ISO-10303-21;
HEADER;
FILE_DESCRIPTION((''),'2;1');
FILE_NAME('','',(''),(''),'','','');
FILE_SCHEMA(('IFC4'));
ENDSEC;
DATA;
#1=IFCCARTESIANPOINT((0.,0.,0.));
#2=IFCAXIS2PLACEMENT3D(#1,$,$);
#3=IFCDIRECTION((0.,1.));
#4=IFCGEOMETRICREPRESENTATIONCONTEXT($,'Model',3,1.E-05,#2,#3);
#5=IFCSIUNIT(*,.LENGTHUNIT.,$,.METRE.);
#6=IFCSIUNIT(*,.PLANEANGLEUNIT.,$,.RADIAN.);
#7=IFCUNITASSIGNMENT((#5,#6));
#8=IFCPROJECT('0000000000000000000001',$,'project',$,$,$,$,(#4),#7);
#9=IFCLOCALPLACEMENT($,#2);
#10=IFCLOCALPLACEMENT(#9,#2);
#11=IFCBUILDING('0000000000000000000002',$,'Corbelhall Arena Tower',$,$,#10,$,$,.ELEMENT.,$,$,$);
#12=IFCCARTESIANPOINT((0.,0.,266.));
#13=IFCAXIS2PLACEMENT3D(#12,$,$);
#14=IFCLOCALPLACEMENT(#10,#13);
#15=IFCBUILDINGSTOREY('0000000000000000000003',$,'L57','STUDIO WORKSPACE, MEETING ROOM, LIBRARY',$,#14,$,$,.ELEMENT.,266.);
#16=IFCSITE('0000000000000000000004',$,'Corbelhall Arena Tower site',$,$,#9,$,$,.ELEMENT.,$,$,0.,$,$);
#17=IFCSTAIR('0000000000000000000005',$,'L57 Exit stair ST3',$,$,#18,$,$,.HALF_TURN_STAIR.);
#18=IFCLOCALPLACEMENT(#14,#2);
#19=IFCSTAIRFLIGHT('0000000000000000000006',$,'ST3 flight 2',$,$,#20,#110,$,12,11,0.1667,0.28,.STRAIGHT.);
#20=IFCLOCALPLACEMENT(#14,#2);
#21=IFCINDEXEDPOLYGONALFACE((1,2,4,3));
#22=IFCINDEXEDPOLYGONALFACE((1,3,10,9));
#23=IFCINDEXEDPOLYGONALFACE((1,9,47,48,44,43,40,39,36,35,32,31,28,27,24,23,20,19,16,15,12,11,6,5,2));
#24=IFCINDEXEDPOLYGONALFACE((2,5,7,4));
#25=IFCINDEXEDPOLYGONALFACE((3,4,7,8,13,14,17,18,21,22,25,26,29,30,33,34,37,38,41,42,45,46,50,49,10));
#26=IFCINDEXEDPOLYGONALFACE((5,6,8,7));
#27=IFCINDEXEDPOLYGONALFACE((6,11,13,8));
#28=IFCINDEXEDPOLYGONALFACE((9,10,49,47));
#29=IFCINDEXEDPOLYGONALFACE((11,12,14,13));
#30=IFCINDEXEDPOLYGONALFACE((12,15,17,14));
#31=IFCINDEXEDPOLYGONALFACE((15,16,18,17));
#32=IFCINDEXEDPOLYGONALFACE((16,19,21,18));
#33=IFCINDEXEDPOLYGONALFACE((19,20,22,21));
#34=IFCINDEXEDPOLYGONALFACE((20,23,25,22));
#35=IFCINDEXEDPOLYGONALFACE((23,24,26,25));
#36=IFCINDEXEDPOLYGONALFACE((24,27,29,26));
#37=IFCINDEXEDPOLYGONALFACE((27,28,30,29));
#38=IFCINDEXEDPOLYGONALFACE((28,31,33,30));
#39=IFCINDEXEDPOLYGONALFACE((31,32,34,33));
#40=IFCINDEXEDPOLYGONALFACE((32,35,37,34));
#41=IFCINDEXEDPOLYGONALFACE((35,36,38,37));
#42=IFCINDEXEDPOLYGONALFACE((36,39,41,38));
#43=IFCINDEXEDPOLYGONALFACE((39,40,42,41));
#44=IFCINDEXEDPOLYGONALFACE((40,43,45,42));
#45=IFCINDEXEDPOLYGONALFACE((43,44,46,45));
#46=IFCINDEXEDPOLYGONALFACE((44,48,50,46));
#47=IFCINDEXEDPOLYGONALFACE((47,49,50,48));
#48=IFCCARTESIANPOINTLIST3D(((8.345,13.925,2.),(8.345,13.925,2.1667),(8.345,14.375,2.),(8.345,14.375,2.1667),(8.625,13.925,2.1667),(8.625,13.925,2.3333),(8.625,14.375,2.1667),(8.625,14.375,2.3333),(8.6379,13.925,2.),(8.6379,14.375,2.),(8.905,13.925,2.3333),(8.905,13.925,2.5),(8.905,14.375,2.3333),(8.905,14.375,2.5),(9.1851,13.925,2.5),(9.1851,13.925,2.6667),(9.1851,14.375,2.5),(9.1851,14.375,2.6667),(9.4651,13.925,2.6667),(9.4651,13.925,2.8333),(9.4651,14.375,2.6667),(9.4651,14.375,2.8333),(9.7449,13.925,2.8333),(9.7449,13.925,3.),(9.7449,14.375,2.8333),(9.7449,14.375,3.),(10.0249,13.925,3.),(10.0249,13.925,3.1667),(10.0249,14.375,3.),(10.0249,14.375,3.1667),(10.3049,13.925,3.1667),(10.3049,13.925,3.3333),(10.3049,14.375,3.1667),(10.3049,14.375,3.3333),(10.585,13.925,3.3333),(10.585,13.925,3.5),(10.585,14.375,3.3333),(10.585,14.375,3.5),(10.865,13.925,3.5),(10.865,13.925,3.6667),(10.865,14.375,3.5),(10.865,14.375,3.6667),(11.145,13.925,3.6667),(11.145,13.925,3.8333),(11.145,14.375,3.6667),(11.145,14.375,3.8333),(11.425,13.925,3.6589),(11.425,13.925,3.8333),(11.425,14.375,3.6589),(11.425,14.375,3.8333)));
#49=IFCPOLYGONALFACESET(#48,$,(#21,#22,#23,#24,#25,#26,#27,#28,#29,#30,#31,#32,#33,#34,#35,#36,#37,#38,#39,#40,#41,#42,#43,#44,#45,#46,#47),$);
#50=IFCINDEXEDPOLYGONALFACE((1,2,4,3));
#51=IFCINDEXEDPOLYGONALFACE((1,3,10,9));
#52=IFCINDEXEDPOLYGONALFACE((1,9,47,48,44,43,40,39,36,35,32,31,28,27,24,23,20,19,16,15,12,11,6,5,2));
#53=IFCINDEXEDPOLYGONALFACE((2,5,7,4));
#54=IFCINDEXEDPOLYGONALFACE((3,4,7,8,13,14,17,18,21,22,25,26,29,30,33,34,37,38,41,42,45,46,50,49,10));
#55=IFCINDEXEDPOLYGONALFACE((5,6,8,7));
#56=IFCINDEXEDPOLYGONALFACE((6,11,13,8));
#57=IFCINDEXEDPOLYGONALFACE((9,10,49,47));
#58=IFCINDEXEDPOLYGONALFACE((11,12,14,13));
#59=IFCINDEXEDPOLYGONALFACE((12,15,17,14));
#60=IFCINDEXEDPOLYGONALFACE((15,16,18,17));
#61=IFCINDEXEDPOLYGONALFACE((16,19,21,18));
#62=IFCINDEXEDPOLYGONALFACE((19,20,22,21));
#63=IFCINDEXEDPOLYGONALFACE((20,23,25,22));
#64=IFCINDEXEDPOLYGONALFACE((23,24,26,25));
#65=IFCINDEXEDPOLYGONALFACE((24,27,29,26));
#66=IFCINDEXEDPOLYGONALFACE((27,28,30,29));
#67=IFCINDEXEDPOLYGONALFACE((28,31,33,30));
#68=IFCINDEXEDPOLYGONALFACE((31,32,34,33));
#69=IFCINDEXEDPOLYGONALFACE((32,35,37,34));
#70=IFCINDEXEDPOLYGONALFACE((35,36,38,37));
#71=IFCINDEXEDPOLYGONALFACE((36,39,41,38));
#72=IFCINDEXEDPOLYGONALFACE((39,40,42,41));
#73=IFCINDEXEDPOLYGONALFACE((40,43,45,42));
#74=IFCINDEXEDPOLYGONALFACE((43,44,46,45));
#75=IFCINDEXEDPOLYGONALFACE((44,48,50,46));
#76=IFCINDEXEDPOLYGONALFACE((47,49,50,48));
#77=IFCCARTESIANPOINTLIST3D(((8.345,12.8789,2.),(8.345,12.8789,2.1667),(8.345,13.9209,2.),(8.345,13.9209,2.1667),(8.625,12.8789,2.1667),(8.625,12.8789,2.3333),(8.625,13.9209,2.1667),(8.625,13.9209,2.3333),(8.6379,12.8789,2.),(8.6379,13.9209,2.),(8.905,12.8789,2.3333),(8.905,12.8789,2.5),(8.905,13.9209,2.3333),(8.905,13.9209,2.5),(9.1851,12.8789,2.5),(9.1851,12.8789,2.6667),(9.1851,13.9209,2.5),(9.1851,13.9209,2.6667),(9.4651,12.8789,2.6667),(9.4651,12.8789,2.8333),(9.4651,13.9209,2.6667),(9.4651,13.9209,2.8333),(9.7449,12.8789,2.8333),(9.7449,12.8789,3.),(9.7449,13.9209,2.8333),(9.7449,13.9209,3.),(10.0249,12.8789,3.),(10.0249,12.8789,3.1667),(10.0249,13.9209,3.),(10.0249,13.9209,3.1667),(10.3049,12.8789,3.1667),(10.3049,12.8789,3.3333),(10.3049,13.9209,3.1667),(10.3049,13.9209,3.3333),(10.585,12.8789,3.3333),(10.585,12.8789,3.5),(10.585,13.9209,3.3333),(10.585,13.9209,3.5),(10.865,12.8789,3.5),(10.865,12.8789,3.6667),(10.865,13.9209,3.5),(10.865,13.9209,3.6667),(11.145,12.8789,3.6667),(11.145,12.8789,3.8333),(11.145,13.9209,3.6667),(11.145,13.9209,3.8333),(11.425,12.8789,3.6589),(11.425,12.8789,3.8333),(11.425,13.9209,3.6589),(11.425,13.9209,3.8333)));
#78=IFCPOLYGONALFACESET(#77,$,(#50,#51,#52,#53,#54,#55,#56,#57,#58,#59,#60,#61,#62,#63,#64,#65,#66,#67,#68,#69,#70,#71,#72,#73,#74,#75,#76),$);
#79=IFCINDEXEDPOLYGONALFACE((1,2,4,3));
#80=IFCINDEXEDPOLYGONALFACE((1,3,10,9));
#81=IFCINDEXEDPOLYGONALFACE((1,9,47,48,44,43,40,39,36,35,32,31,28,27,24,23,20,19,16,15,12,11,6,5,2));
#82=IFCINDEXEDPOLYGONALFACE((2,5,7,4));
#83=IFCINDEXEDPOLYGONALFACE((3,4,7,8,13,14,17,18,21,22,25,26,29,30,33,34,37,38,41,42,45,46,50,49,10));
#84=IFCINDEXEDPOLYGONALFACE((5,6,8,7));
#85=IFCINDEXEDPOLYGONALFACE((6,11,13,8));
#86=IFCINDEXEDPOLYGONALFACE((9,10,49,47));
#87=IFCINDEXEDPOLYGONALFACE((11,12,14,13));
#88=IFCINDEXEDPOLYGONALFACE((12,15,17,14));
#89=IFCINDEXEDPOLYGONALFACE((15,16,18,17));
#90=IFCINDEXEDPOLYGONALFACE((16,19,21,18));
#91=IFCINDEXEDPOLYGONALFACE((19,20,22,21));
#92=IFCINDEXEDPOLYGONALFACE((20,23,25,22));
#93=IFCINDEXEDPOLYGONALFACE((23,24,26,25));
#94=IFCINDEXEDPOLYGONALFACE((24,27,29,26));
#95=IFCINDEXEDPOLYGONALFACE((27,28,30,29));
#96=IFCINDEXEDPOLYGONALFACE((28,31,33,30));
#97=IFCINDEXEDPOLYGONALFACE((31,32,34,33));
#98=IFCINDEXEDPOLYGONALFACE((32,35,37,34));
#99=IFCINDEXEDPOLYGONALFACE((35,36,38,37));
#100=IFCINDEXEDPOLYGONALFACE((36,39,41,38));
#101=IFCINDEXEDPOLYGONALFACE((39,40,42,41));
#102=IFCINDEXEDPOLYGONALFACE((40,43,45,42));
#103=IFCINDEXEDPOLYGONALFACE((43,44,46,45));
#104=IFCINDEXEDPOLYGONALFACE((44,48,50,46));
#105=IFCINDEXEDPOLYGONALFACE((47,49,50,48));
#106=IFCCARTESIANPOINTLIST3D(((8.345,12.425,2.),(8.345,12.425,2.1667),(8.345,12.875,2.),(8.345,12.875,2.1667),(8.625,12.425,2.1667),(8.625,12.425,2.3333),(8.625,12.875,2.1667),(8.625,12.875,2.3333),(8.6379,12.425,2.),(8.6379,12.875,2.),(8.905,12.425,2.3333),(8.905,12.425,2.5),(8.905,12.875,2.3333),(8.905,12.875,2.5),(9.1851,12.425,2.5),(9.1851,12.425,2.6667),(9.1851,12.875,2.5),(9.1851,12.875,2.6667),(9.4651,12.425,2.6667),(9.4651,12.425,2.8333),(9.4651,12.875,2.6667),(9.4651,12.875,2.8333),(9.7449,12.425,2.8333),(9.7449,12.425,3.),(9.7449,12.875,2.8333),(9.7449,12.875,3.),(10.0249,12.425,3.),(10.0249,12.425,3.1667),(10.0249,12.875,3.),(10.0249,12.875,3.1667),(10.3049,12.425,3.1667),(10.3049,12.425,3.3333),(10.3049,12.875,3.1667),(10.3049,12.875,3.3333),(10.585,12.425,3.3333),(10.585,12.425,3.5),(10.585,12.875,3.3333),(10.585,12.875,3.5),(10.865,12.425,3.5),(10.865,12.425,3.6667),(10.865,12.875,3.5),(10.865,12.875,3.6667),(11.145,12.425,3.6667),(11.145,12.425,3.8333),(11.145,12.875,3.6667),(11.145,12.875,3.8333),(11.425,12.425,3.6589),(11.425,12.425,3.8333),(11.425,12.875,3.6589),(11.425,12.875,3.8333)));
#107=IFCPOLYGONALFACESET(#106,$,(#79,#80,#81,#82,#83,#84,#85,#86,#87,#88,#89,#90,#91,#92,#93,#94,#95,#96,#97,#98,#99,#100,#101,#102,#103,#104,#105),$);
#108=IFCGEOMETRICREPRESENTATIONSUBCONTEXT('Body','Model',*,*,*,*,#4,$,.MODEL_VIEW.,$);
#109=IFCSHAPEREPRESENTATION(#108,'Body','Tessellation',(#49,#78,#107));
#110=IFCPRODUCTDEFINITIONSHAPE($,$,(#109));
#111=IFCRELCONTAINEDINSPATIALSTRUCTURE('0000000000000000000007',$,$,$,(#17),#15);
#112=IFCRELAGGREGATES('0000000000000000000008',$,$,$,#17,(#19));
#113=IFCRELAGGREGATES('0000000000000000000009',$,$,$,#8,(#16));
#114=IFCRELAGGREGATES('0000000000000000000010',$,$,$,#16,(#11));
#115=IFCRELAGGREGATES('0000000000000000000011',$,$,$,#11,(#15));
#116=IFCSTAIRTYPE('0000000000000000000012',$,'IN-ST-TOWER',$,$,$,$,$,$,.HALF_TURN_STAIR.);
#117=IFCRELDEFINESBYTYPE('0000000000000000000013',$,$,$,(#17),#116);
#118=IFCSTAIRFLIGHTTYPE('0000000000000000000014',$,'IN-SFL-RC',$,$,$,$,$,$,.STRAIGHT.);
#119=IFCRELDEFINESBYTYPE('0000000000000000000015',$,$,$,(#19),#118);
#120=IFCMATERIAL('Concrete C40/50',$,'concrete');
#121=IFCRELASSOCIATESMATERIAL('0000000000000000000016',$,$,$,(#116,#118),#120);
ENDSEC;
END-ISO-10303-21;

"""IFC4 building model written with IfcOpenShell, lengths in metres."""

from ifc_helpers import new_model, si_unit, direction, frame, origin, place, context, subcontext, project, spatial, polyline, outline, extrude, material, type_object, element, aggregate, save


model = new_model("IFC4")

# Units and contexts
model_context = context("Model", 3, precision=1e-05, world=origin(), true_north=direction((0.0, 1.0)))
body_context = subcontext(model_context, "Body", "Model", "MODEL_VIEW")
ifc_project = project(units=[si_unit("LENGTHUNIT", "METRE"), si_unit("PLANEANGLEUNIT", "RADIAN")], contexts=[model_context])

# Site, building, storey
site_placement = place(None, origin())
site = spatial("IfcSite", under=ifc_project, at=site_placement, Name="Corbelhall Arena Tower site", CompositionType="ELEMENT", RefElevation=0.0)
building_placement = place(site_placement, origin())
building = spatial("IfcBuilding", under=site, at=building_placement, Name="Corbelhall Arena Tower", CompositionType="ELEMENT")
storey_placement = place(building_placement, frame((0.0, 0.0, 266.0)))
storey = spatial("IfcBuildingStorey", under=building, at=storey_placement, Name="L57", Description="STUDIO WORKSPACE, MEETING ROOM, LIBRARY", CompositionType="ELEMENT", Elevation=266.0)

# Shared definitions
ifc_material_1 = material(Name="Concrete C40/50", Category="concrete")

# Stair, stair flight
stair_type = type_object("IfcStairType", Name="IN-ST-TOWER", PredefinedType="HALF_TURN_STAIR", material=ifc_material_1)
stair_placement = place(storey_placement, origin())
stair = element("IfcStair", 1, at=stair_placement, inside=storey, type_object=stair_type, Name="L57 Exit stair ST3", PredefinedType="HALF_TURN_STAIR")
stair_flight_type = type_object("IfcStairFlightType", Name="IN-SFL-RC", PredefinedType="STRAIGHT", material=ifc_material_1)
stair_flight_1_placement = place(storey_placement, frame((8.345, 13.3999, 2.0), z_axis=(0.0, 0.0, 1.0), x_axis=(1.0, 0.0, 0.0)))
stair_flight_1 = element("IfcStairFlight", 2, at=stair_flight_1_placement, type_object=stair_flight_type, Name="ST3 flight 2", NumberOfRisers=12, NumberOfTreads=11, PredefinedType="STRAIGHT", RiserHeight=0.1667, TreadLength=0.28, context=body_context, shape_type="SweptSolid", body=[
    extrude(outline(polyline([(0.0, 0.0), (0.0, 0.1667), (0.28, 0.1667), (0.28, 0.3333), (0.5601, 0.3333), (0.5601, 0.5), (0.8401, 0.5), (0.8401, 0.6667), (1.1201, 0.6667), (1.1201, 0.8333), (1.3999, 0.8333), (1.3999, 1.0), (1.6799, 1.0), (1.6799, 1.1667), (1.96, 1.1667), (1.96, 1.3333), (2.24, 1.3333), (2.24, 1.5), (2.52, 1.5), (2.52, 1.6667), (2.8, 1.6667), (2.8, 1.8333), (3.0801, 1.8333), (3.0801, 2.0), (3.0801, 1.6589), (0.293, 0.0), (0.0, 0.0)])), frame((0.0, 0.9751, 0.0), z_axis=(0.0, -1.0, 0.0), x_axis=(1.0, 0.0, 0.0)), (0.0, 0.0, 1.0), 0.45),
    extrude(outline(polyline([(0.0, 0.0), (0.0, 0.1667), (0.28, 0.1667), (0.28, 0.3333), (0.5601, 0.3333), (0.5601, 0.5), (0.8401, 0.5), (0.8401, 0.6667), (1.1201, 0.6667), (1.1201, 0.8333), (1.3999, 0.8333), (1.3999, 1.0), (1.6799, 1.0), (1.6799, 1.1667), (1.96, 1.1667), (1.96, 1.3333), (2.24, 1.3333), (2.24, 1.5), (2.52, 1.5), (2.52, 1.6667), (2.8, 1.6667), (2.8, 1.8333), (3.0801, 1.8333), (3.0801, 2.0), (3.0801, 1.6589), (0.293, 0.0), (0.0, 0.0)])), frame((0.0, 0.521, 0.0), z_axis=(0.0, -1.0, 0.0), x_axis=(1.0, 0.0, 0.0)), (0.0, 0.0, 1.0), 1.042),
    extrude(outline(polyline([(0.0, 0.0), (0.0, 0.1667), (0.28, 0.1667), (0.28, 0.3333), (0.5601, 0.3333), (0.5601, 0.5), (0.8401, 0.5), (0.8401, 0.6667), (1.1201, 0.6667), (1.1201, 0.8333), (1.3999, 0.8333), (1.3999, 1.0), (1.6799, 1.0), (1.6799, 1.1667), (1.96, 1.1667), (1.96, 1.3333), (2.24, 1.3333), (2.24, 1.5), (2.52, 1.5), (2.52, 1.6667), (2.8, 1.6667), (2.8, 1.8333), (3.0801, 1.8333), (3.0801, 2.0), (3.0801, 1.6589), (0.293, 0.0), (0.0, 0.0)])), frame((0.0, -0.5249, 0.0), z_axis=(0.0, -1.0, 0.0), x_axis=(1.0, 0.0, 0.0)), (0.0, 0.0, 1.0), 0.45),
])
aggregate(stair, [stair_flight_1])

save(model, "model.ifc")
